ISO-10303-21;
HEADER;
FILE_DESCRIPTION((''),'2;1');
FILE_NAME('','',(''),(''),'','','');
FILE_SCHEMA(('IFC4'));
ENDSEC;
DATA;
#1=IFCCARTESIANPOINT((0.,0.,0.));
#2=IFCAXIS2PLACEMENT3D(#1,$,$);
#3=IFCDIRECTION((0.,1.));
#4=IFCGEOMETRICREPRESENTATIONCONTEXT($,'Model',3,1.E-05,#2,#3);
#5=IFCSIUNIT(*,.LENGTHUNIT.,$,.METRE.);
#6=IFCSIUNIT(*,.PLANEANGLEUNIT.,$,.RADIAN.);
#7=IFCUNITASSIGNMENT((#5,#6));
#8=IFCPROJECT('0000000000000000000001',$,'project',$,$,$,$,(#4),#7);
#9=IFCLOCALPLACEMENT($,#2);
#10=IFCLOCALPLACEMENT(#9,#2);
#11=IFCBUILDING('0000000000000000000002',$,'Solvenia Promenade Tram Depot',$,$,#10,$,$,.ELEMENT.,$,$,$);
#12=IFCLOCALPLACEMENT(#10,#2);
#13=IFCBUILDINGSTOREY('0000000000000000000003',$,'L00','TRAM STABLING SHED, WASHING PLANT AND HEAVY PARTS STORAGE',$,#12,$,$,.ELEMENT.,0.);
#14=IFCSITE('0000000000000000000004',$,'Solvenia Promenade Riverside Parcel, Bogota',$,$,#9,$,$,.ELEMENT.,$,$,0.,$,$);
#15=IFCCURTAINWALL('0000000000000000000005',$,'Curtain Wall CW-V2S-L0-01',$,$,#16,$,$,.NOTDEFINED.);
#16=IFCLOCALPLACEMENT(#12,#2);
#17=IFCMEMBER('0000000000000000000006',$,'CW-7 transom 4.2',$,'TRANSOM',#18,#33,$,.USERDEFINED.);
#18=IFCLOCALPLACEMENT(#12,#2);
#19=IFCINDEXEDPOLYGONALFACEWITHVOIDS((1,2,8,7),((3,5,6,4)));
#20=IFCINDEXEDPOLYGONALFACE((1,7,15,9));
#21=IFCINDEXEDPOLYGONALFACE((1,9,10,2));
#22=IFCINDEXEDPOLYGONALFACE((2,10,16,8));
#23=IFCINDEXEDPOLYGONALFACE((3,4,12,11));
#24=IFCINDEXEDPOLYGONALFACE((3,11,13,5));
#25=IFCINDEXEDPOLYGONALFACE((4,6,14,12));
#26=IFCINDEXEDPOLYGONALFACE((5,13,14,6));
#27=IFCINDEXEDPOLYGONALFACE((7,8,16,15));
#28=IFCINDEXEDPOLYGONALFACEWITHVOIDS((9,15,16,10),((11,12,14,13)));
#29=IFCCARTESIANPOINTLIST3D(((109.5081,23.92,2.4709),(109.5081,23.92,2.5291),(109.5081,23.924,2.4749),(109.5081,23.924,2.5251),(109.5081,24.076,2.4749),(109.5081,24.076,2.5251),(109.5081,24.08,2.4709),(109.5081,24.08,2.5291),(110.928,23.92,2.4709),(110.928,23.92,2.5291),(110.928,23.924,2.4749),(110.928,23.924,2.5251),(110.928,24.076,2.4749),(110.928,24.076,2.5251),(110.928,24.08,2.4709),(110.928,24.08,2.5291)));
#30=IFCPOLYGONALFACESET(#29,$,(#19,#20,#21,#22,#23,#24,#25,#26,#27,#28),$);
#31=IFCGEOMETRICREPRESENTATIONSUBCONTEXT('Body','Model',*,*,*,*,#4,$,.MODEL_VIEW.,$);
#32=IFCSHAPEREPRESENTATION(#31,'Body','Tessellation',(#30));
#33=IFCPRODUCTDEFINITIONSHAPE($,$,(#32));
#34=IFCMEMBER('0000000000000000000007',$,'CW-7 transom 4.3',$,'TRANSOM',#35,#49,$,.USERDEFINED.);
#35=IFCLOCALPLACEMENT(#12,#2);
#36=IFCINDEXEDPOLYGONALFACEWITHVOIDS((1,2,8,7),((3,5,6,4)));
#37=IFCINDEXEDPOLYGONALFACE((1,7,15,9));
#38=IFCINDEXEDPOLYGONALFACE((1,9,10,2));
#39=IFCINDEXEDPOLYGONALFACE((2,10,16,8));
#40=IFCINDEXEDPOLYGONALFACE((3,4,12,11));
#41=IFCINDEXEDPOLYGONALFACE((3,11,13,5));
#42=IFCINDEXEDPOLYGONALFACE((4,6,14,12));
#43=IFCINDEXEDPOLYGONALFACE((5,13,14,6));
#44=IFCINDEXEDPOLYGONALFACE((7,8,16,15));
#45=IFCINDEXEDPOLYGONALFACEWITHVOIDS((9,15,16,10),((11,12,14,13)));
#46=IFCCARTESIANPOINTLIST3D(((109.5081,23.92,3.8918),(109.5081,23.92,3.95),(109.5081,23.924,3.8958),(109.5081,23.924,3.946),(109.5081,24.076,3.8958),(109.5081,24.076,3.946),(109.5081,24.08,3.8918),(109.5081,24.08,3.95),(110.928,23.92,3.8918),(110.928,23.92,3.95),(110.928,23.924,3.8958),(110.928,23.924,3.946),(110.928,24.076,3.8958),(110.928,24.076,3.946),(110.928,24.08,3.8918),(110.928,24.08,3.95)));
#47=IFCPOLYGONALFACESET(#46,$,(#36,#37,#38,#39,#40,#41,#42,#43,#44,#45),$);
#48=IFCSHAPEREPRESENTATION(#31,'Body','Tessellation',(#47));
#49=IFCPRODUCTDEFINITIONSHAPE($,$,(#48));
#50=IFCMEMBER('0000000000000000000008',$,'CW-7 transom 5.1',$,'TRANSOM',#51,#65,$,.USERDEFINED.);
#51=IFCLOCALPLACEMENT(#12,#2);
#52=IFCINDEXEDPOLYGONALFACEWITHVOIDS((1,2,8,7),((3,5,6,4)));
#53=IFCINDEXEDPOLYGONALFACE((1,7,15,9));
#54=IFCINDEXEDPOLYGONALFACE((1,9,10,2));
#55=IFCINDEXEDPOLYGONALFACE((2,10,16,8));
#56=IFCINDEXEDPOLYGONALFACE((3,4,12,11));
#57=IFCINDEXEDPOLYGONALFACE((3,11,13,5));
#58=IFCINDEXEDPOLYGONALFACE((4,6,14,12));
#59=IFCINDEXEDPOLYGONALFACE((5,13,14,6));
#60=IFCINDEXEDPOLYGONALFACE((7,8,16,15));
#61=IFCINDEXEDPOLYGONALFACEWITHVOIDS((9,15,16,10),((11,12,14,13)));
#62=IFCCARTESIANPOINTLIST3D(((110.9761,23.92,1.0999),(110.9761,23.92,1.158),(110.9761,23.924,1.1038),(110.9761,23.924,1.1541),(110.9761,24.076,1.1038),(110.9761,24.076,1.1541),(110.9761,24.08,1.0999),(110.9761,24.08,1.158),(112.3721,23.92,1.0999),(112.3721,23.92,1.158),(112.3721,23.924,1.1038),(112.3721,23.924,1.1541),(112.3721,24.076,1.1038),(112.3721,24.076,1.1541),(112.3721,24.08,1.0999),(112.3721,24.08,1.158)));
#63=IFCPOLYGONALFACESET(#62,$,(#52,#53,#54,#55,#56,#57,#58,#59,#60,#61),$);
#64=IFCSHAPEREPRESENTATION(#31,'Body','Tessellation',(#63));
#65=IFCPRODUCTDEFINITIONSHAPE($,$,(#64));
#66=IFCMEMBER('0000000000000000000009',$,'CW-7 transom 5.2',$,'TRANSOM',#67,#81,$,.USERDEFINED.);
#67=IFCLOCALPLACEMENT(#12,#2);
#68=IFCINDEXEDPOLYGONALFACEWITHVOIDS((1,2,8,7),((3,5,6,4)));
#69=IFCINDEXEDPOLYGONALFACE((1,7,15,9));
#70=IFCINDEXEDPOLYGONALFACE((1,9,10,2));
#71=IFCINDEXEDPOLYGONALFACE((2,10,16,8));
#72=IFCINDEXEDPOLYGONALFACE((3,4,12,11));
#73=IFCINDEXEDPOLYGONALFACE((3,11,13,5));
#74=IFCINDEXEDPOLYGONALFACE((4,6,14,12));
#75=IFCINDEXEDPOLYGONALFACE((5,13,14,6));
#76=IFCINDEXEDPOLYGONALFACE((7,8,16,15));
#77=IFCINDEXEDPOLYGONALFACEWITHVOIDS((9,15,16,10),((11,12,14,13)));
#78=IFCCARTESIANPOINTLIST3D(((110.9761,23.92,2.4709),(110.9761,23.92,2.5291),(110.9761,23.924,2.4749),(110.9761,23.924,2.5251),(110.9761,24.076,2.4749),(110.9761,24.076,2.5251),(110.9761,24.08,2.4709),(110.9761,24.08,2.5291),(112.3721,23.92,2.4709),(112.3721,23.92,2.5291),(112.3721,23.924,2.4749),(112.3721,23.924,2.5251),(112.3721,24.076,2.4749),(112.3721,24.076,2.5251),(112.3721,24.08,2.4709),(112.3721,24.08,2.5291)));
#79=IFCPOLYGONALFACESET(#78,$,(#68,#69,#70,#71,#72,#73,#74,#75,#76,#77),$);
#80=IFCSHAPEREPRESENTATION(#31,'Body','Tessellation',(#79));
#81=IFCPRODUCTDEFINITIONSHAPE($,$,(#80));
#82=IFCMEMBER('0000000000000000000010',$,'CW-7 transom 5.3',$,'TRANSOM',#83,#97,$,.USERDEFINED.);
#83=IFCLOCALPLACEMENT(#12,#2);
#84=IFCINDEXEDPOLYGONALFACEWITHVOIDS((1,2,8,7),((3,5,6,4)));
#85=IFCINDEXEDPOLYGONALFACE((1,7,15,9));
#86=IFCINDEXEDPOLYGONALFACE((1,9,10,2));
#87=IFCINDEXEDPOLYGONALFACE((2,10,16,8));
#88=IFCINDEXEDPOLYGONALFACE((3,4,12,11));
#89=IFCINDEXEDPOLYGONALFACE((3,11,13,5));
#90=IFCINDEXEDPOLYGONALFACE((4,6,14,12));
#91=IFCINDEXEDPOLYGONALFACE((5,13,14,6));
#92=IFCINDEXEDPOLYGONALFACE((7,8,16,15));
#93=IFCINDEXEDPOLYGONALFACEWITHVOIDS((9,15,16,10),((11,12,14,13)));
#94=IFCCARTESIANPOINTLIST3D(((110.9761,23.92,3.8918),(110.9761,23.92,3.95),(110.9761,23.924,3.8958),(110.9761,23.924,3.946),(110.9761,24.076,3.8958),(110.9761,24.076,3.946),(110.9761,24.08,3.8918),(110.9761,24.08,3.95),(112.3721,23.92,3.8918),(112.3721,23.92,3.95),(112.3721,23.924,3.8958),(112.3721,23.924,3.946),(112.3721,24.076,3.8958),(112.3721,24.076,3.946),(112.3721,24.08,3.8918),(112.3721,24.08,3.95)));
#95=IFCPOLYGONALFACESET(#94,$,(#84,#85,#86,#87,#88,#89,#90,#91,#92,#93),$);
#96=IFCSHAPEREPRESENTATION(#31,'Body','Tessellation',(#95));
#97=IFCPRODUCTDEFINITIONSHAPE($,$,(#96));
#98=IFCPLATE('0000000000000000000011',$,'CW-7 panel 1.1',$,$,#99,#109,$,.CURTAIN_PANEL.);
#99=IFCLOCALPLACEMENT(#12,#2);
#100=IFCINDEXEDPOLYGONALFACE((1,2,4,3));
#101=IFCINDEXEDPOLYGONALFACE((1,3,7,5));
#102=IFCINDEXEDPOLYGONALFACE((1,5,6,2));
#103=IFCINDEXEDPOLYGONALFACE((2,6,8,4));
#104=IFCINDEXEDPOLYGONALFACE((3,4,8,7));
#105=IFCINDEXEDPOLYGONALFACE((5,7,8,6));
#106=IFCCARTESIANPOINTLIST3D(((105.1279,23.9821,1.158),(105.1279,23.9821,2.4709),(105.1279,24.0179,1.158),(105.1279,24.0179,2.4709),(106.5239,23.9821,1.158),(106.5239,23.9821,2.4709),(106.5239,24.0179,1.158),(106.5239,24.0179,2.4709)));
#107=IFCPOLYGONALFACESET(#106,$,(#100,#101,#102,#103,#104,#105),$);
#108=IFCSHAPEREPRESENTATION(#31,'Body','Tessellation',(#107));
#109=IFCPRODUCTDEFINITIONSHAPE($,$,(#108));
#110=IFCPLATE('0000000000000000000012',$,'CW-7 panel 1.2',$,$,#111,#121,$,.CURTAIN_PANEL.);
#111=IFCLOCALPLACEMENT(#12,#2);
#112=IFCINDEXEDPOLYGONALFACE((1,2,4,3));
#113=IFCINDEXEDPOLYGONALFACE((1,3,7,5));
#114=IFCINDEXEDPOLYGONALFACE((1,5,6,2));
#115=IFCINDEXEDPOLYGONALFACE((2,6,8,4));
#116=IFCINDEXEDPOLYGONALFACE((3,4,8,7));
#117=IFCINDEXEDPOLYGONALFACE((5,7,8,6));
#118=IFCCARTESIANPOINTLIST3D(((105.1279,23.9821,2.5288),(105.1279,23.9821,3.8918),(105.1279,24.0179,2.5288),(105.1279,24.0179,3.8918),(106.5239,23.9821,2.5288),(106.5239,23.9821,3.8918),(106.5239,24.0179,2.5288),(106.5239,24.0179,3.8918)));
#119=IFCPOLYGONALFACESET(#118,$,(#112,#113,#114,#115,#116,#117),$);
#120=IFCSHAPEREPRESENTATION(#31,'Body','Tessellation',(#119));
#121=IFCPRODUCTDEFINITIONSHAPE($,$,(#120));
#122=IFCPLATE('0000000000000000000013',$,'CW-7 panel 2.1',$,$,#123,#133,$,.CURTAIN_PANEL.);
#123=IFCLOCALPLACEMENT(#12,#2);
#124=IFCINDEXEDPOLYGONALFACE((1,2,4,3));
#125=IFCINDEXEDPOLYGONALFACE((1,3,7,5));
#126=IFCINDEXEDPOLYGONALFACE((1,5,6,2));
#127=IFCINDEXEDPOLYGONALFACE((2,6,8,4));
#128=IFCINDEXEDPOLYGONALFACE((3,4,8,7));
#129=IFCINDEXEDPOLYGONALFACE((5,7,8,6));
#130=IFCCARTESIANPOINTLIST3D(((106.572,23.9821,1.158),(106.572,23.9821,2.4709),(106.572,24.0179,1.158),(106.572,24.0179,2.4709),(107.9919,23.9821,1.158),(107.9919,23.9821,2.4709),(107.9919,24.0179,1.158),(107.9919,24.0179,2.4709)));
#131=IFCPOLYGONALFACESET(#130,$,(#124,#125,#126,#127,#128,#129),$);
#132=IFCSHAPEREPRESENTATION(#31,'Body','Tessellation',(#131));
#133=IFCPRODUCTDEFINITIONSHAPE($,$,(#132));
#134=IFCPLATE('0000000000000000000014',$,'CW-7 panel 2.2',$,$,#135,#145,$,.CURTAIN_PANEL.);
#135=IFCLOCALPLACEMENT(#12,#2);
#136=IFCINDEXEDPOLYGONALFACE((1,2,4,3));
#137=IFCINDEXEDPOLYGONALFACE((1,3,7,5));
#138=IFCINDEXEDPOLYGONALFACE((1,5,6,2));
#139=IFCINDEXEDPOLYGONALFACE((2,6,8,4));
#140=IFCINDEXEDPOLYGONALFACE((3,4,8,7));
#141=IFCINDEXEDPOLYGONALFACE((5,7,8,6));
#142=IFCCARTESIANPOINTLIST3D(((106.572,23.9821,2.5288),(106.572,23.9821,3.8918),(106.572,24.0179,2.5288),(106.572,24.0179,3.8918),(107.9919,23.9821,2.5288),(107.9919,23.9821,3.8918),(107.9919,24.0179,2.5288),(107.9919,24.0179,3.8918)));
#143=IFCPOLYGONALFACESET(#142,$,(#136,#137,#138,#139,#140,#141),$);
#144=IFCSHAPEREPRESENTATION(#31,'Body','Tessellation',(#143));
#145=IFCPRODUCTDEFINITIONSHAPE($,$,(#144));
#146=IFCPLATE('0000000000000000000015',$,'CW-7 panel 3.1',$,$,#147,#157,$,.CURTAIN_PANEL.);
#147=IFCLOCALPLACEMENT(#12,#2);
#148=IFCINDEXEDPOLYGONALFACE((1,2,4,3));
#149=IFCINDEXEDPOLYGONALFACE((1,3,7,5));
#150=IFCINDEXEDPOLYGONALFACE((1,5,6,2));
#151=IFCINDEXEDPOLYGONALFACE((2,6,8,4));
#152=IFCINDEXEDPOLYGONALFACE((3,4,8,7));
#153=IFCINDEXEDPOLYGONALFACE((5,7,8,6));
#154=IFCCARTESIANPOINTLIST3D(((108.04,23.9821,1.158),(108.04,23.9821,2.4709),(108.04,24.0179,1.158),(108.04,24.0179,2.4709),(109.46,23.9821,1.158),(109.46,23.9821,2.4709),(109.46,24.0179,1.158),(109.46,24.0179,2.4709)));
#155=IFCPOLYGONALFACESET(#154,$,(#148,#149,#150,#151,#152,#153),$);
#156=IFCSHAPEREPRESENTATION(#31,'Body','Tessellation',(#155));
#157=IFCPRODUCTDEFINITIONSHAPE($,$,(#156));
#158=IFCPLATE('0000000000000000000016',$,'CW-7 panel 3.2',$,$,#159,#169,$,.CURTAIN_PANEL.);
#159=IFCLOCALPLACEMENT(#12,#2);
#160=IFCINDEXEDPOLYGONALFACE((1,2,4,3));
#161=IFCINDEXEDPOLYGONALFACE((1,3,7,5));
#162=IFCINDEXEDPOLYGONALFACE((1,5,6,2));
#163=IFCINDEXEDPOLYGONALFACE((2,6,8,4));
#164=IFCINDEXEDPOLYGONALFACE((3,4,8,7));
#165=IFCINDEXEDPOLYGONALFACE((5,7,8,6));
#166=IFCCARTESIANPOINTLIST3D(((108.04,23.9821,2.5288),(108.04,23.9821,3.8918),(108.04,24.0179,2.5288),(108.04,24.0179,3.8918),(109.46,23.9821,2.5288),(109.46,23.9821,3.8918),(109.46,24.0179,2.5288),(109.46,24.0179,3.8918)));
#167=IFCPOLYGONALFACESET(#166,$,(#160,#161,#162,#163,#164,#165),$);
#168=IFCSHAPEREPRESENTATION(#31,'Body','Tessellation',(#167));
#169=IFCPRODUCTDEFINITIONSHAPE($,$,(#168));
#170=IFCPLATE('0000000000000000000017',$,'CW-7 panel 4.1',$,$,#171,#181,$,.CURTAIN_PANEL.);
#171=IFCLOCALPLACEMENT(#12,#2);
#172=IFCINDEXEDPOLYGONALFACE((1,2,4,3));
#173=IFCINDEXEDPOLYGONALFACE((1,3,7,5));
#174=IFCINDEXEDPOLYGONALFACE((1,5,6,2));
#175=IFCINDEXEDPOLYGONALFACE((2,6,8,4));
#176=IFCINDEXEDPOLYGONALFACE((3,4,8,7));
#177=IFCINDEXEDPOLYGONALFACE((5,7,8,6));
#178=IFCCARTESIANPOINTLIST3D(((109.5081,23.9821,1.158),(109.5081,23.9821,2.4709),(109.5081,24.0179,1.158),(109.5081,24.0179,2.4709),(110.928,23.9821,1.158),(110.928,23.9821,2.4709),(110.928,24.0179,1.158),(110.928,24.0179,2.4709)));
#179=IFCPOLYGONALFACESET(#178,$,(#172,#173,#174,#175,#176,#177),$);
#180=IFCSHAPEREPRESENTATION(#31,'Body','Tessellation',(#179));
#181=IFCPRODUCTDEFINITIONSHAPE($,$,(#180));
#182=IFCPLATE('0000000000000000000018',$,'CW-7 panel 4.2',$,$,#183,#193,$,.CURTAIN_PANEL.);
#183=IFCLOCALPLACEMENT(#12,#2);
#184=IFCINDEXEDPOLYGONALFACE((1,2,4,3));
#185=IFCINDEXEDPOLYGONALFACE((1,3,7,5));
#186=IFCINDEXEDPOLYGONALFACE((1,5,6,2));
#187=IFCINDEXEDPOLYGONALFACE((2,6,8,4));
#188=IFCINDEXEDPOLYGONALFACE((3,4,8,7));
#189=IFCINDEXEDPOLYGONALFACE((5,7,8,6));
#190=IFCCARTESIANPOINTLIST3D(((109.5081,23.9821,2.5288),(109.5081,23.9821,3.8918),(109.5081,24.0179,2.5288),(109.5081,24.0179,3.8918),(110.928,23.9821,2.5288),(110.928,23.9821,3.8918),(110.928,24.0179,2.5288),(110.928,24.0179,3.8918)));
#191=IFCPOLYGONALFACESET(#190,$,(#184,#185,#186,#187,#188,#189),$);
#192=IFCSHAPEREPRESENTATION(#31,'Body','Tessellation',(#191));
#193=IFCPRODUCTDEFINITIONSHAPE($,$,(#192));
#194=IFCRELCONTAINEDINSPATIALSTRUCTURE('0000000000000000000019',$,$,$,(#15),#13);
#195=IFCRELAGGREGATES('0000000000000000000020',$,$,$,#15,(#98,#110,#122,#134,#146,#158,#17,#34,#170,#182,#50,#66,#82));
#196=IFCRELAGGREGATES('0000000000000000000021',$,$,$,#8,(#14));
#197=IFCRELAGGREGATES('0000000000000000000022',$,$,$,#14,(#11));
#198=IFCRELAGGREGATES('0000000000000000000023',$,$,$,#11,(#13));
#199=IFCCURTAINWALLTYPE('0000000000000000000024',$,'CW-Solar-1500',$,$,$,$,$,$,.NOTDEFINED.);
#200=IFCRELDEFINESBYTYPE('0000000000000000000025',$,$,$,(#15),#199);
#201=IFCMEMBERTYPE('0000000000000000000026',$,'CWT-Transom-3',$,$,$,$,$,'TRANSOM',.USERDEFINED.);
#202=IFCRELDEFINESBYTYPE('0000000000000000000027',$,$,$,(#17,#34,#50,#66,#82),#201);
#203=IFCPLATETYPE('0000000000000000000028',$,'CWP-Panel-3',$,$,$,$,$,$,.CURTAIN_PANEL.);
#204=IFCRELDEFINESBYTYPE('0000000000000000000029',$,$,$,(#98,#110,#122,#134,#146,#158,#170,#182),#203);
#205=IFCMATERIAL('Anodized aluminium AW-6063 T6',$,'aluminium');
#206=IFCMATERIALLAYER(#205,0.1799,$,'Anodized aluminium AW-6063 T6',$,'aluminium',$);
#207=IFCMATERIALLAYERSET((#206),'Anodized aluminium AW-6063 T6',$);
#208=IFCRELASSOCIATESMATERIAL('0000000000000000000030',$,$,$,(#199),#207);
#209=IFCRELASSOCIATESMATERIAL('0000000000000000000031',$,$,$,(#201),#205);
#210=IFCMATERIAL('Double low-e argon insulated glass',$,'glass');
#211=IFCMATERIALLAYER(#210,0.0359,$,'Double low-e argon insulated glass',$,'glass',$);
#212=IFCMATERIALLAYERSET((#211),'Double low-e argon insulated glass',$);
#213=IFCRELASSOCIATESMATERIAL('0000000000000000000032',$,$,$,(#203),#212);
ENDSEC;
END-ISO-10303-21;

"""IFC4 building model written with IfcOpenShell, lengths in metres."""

from ifc_helpers import new_model, si_unit, direction, frame, origin, origin_2d, place, context, subcontext, project, spatial, rectangle, hollow_rectangle, extrude, material, layer, layer_set, material_profile, profile_set, type_object, element, aggregate, save


model = new_model("IFC4")

# Units and contexts
model_context = context("Model", 3, precision=1e-05, world=origin(), true_north=direction((0.0, 1.0)))
body_context = subcontext(model_context, "Body", "Model", "MODEL_VIEW")
ifc_project = project(units=[si_unit("LENGTHUNIT", "METRE"), si_unit("PLANEANGLEUNIT", "RADIAN")], contexts=[model_context])

# Site, building, storey
site_placement = place(None, origin())
site = spatial("IfcSite", under=ifc_project, at=site_placement, Name="Solvenia Promenade Riverside Parcel, Bogota", CompositionType="ELEMENT", RefElevation=0.0)
building_placement = place(site_placement, origin())
building = spatial("IfcBuilding", under=site, at=building_placement, Name="Solvenia Promenade Tram Depot", CompositionType="ELEMENT")
storey_placement = place(building_placement, origin())
storey = spatial("IfcBuildingStorey", under=building, at=storey_placement, Name="L00", Description="TRAM STABLING SHED, WASHING PLANT AND HEAVY PARTS STORAGE", CompositionType="ELEMENT", Elevation=0.0)

# Curtain wall, members, plates
ifc_material_1 = material(Name="Anodized aluminium AW-6063 T6", Category="aluminium")
ifc_layer_1 = layer(ifc_material_1, 0.1799, Name="Anodized aluminium AW-6063 T6", Category="aluminium")
ifc_layer_set_1 = layer_set([ifc_layer_1], Name="Anodized aluminium AW-6063 T6")
curtain_wall_type = type_object("IfcCurtainWallType", Name="CW-Solar-1500", PredefinedType="NOTDEFINED", material=ifc_layer_set_1)
curtain_wall_placement = place(storey_placement, origin())
curtain_wall = element("IfcCurtainWall", 1, at=curtain_wall_placement, inside=storey, type_object=curtain_wall_type, Name="Curtain Wall CW-V2S-L0-01", PredefinedType="NOTDEFINED")
ifc_material_profile_1 = material_profile(ifc_material_1, hollow_rectangle(XDim=0.1599, YDim=0.0581, WallThickness=0.0039, at=origin_2d()), Name="ALU-T3", Category="aluminium")
ifc_profile_set_1 = profile_set([ifc_material_profile_1], Name="Anodized aluminium AW-6063 T6")
member_type_1 = type_object("IfcMemberType", Name="CWT-Transom-3", ElementType="TRANSOM", PredefinedType="USERDEFINED", material=ifc_profile_set_1)
member_1_placement = place(storey_placement, frame((109.5081, 24.0, 2.5), z_axis=(1.0, 0.0, 0.0), x_axis=(0.0, 1.0, 0.0)))
member_1 = element("IfcMember", 2, at=member_1_placement, type_object=member_type_1, Name="CW-7 transom 4.2", ObjectType="TRANSOM", PredefinedType="USERDEFINED", context=body_context, shape_type="SweptSolid", body=[
    extrude(hollow_rectangle(XDim=0.1599, YDim=0.0581, WallThickness=0.0039, at=origin_2d()), origin(), (0.0, 0.0, 1.0), 1.4199),
])
member_2_placement = place(storey_placement, frame((109.5081, 24.0, 3.9209), z_axis=(1.0, 0.0, 0.0), x_axis=(0.0, 1.0, 0.0)))
member_2 = element("IfcMember", 3, at=member_2_placement, type_object=member_type_1, Name="CW-7 transom 4.3", ObjectType="TRANSOM", PredefinedType="USERDEFINED", context=body_context, shape_type="SweptSolid", body=[
    extrude(hollow_rectangle(XDim=0.1599, YDim=0.0581, WallThickness=0.0039, at=origin_2d()), origin(), (0.0, 0.0, 1.0), 1.4199),
])
member_3_placement = place(storey_placement, frame((110.9761, 24.0, 1.1289), z_axis=(1.0, 0.0, 0.0), x_axis=(0.0, 1.0, 0.0)))
member_3 = element("IfcMember", 4, at=member_3_placement, type_object=member_type_1, Name="CW-7 transom 5.1", ObjectType="TRANSOM", PredefinedType="USERDEFINED", context=body_context, shape_type="SweptSolid", body=[
    extrude(hollow_rectangle(XDim=0.1599, YDim=0.0581, WallThickness=0.0039, at=origin_2d()), origin(), (0.0, 0.0, 1.0), 1.396),
])
member_4_placement = place(storey_placement, frame((110.9761, 24.0, 2.5), z_axis=(1.0, 0.0, 0.0), x_axis=(0.0, 1.0, 0.0)))
member_4 = element("IfcMember", 5, at=member_4_placement, type_object=member_type_1, Name="CW-7 transom 5.2", ObjectType="TRANSOM", PredefinedType="USERDEFINED", context=body_context, shape_type="SweptSolid", body=[
    extrude(hollow_rectangle(XDim=0.1599, YDim=0.0581, WallThickness=0.0039, at=origin_2d()), origin(), (0.0, 0.0, 1.0), 1.396),
])
member_5_placement = place(storey_placement, frame((110.9761, 24.0, 3.9209), z_axis=(1.0, 0.0, 0.0), x_axis=(0.0, 1.0, 0.0)))
member_5 = element("IfcMember", 6, at=member_5_placement, type_object=member_type_1, Name="CW-7 transom 5.3", ObjectType="TRANSOM", PredefinedType="USERDEFINED", context=body_context, shape_type="SweptSolid", body=[
    extrude(hollow_rectangle(XDim=0.1599, YDim=0.0581, WallThickness=0.0039, at=origin_2d()), origin(), (0.0, 0.0, 1.0), 1.396),
])
ifc_material_2 = material(Name="Double low-e argon insulated glass", Category="glass")
ifc_layer_2 = layer(ifc_material_2, 0.0359, Name="Double low-e argon insulated glass", Category="glass")
ifc_layer_set_2 = layer_set([ifc_layer_2], Name="Double low-e argon insulated glass")
plate_type = type_object("IfcPlateType", Name="CWP-Panel-3", PredefinedType="CURTAIN_PANEL", material=ifc_layer_set_2)
plate_1_placement = place(storey_placement, frame((105.8259, 24.0, 1.158), z_axis=(0.0, 0.0, 1.0), x_axis=(1.0, 0.0, 0.0)))
plate_1 = element("IfcPlate", 7, at=plate_1_placement, type_object=plate_type, Name="CW-7 panel 1.1", PredefinedType="CURTAIN_PANEL", context=body_context, shape_type="SweptSolid", body=[
    extrude(rectangle(XDim=1.396, YDim=0.0359, at=origin_2d()), origin(), (0.0, 0.0, 1.0), 1.313),
])
plate_2_placement = place(storey_placement, frame((105.8259, 24.0, 2.5288), z_axis=(0.0, 0.0, 1.0), x_axis=(1.0, 0.0, 0.0)))
plate_2 = element("IfcPlate", 8, at=plate_2_placement, type_object=plate_type, Name="CW-7 panel 1.2", PredefinedType="CURTAIN_PANEL", context=body_context, shape_type="SweptSolid", body=[
    extrude(rectangle(XDim=1.396, YDim=0.0359, at=origin_2d()), origin(), (0.0, 0.0, 1.0), 1.363),
])
plate_3_placement = place(storey_placement, frame((107.282, 24.0, 1.158), z_axis=(0.0, 0.0, 1.0), x_axis=(1.0, 0.0, 0.0)))
plate_3 = element("IfcPlate", 9, at=plate_3_placement, type_object=plate_type, Name="CW-7 panel 2.1", PredefinedType="CURTAIN_PANEL", context=body_context, shape_type="SweptSolid", body=[
    extrude(rectangle(XDim=1.4199, YDim=0.0359, at=origin_2d()), origin(), (0.0, 0.0, 1.0), 1.313),
])
plate_4_placement = place(storey_placement, frame((107.282, 24.0, 2.5288), z_axis=(0.0, 0.0, 1.0), x_axis=(1.0, 0.0, 0.0)))
plate_4 = element("IfcPlate", 10, at=plate_4_placement, type_object=plate_type, Name="CW-7 panel 2.2", PredefinedType="CURTAIN_PANEL", context=body_context, shape_type="SweptSolid", body=[
    extrude(rectangle(XDim=1.4199, YDim=0.0359, at=origin_2d()), origin(), (0.0, 0.0, 1.0), 1.363),
])
plate_5_placement = place(storey_placement, frame((108.75, 24.0, 1.158), z_axis=(0.0, 0.0, 1.0), x_axis=(1.0, 0.0, 0.0)))
plate_5 = element("IfcPlate", 11, at=plate_5_placement, type_object=plate_type, Name="CW-7 panel 3.1", PredefinedType="CURTAIN_PANEL", context=body_context, shape_type="SweptSolid", body=[
    extrude(rectangle(XDim=1.4199, YDim=0.0359, at=origin_2d()), origin(), (0.0, 0.0, 1.0), 1.313),
])
plate_6_placement = place(storey_placement, frame((108.75, 24.0, 2.5288), z_axis=(0.0, 0.0, 1.0), x_axis=(1.0, 0.0, 0.0)))
plate_6 = element("IfcPlate", 12, at=plate_6_placement, type_object=plate_type, Name="CW-7 panel 3.2", PredefinedType="CURTAIN_PANEL", context=body_context, shape_type="SweptSolid", body=[
    extrude(rectangle(XDim=1.4199, YDim=0.0359, at=origin_2d()), origin(), (0.0, 0.0, 1.0), 1.363),
])
plate_7_placement = place(storey_placement, frame((110.218, 24.0, 1.158), z_axis=(0.0, 0.0, 1.0), x_axis=(1.0, 0.0, 0.0)))
plate_7 = element("IfcPlate", 13, at=plate_7_placement, type_object=plate_type, Name="CW-7 panel 4.1", PredefinedType="CURTAIN_PANEL", context=body_context, shape_type="SweptSolid", body=[
    extrude(rectangle(XDim=1.4199, YDim=0.0359, at=origin_2d()), origin(), (0.0, 0.0, 1.0), 1.313),
])
plate_8_placement = place(storey_placement, frame((110.218, 24.0, 2.5288), z_axis=(0.0, 0.0, 1.0), x_axis=(1.0, 0.0, 0.0)))
plate_8 = element("IfcPlate", 14, at=plate_8_placement, type_object=plate_type, Name="CW-7 panel 4.2", PredefinedType="CURTAIN_PANEL", context=body_context, shape_type="SweptSolid", body=[
    extrude(rectangle(XDim=1.4199, YDim=0.0359, at=origin_2d()), origin(), (0.0, 0.0, 1.0), 1.363),
])
aggregate(curtain_wall, [plate_1, plate_2, plate_3, plate_4, plate_5, plate_6, member_1, member_2, plate_7, plate_8, member_3, member_4, member_5])

save(model, "model.ifc")
